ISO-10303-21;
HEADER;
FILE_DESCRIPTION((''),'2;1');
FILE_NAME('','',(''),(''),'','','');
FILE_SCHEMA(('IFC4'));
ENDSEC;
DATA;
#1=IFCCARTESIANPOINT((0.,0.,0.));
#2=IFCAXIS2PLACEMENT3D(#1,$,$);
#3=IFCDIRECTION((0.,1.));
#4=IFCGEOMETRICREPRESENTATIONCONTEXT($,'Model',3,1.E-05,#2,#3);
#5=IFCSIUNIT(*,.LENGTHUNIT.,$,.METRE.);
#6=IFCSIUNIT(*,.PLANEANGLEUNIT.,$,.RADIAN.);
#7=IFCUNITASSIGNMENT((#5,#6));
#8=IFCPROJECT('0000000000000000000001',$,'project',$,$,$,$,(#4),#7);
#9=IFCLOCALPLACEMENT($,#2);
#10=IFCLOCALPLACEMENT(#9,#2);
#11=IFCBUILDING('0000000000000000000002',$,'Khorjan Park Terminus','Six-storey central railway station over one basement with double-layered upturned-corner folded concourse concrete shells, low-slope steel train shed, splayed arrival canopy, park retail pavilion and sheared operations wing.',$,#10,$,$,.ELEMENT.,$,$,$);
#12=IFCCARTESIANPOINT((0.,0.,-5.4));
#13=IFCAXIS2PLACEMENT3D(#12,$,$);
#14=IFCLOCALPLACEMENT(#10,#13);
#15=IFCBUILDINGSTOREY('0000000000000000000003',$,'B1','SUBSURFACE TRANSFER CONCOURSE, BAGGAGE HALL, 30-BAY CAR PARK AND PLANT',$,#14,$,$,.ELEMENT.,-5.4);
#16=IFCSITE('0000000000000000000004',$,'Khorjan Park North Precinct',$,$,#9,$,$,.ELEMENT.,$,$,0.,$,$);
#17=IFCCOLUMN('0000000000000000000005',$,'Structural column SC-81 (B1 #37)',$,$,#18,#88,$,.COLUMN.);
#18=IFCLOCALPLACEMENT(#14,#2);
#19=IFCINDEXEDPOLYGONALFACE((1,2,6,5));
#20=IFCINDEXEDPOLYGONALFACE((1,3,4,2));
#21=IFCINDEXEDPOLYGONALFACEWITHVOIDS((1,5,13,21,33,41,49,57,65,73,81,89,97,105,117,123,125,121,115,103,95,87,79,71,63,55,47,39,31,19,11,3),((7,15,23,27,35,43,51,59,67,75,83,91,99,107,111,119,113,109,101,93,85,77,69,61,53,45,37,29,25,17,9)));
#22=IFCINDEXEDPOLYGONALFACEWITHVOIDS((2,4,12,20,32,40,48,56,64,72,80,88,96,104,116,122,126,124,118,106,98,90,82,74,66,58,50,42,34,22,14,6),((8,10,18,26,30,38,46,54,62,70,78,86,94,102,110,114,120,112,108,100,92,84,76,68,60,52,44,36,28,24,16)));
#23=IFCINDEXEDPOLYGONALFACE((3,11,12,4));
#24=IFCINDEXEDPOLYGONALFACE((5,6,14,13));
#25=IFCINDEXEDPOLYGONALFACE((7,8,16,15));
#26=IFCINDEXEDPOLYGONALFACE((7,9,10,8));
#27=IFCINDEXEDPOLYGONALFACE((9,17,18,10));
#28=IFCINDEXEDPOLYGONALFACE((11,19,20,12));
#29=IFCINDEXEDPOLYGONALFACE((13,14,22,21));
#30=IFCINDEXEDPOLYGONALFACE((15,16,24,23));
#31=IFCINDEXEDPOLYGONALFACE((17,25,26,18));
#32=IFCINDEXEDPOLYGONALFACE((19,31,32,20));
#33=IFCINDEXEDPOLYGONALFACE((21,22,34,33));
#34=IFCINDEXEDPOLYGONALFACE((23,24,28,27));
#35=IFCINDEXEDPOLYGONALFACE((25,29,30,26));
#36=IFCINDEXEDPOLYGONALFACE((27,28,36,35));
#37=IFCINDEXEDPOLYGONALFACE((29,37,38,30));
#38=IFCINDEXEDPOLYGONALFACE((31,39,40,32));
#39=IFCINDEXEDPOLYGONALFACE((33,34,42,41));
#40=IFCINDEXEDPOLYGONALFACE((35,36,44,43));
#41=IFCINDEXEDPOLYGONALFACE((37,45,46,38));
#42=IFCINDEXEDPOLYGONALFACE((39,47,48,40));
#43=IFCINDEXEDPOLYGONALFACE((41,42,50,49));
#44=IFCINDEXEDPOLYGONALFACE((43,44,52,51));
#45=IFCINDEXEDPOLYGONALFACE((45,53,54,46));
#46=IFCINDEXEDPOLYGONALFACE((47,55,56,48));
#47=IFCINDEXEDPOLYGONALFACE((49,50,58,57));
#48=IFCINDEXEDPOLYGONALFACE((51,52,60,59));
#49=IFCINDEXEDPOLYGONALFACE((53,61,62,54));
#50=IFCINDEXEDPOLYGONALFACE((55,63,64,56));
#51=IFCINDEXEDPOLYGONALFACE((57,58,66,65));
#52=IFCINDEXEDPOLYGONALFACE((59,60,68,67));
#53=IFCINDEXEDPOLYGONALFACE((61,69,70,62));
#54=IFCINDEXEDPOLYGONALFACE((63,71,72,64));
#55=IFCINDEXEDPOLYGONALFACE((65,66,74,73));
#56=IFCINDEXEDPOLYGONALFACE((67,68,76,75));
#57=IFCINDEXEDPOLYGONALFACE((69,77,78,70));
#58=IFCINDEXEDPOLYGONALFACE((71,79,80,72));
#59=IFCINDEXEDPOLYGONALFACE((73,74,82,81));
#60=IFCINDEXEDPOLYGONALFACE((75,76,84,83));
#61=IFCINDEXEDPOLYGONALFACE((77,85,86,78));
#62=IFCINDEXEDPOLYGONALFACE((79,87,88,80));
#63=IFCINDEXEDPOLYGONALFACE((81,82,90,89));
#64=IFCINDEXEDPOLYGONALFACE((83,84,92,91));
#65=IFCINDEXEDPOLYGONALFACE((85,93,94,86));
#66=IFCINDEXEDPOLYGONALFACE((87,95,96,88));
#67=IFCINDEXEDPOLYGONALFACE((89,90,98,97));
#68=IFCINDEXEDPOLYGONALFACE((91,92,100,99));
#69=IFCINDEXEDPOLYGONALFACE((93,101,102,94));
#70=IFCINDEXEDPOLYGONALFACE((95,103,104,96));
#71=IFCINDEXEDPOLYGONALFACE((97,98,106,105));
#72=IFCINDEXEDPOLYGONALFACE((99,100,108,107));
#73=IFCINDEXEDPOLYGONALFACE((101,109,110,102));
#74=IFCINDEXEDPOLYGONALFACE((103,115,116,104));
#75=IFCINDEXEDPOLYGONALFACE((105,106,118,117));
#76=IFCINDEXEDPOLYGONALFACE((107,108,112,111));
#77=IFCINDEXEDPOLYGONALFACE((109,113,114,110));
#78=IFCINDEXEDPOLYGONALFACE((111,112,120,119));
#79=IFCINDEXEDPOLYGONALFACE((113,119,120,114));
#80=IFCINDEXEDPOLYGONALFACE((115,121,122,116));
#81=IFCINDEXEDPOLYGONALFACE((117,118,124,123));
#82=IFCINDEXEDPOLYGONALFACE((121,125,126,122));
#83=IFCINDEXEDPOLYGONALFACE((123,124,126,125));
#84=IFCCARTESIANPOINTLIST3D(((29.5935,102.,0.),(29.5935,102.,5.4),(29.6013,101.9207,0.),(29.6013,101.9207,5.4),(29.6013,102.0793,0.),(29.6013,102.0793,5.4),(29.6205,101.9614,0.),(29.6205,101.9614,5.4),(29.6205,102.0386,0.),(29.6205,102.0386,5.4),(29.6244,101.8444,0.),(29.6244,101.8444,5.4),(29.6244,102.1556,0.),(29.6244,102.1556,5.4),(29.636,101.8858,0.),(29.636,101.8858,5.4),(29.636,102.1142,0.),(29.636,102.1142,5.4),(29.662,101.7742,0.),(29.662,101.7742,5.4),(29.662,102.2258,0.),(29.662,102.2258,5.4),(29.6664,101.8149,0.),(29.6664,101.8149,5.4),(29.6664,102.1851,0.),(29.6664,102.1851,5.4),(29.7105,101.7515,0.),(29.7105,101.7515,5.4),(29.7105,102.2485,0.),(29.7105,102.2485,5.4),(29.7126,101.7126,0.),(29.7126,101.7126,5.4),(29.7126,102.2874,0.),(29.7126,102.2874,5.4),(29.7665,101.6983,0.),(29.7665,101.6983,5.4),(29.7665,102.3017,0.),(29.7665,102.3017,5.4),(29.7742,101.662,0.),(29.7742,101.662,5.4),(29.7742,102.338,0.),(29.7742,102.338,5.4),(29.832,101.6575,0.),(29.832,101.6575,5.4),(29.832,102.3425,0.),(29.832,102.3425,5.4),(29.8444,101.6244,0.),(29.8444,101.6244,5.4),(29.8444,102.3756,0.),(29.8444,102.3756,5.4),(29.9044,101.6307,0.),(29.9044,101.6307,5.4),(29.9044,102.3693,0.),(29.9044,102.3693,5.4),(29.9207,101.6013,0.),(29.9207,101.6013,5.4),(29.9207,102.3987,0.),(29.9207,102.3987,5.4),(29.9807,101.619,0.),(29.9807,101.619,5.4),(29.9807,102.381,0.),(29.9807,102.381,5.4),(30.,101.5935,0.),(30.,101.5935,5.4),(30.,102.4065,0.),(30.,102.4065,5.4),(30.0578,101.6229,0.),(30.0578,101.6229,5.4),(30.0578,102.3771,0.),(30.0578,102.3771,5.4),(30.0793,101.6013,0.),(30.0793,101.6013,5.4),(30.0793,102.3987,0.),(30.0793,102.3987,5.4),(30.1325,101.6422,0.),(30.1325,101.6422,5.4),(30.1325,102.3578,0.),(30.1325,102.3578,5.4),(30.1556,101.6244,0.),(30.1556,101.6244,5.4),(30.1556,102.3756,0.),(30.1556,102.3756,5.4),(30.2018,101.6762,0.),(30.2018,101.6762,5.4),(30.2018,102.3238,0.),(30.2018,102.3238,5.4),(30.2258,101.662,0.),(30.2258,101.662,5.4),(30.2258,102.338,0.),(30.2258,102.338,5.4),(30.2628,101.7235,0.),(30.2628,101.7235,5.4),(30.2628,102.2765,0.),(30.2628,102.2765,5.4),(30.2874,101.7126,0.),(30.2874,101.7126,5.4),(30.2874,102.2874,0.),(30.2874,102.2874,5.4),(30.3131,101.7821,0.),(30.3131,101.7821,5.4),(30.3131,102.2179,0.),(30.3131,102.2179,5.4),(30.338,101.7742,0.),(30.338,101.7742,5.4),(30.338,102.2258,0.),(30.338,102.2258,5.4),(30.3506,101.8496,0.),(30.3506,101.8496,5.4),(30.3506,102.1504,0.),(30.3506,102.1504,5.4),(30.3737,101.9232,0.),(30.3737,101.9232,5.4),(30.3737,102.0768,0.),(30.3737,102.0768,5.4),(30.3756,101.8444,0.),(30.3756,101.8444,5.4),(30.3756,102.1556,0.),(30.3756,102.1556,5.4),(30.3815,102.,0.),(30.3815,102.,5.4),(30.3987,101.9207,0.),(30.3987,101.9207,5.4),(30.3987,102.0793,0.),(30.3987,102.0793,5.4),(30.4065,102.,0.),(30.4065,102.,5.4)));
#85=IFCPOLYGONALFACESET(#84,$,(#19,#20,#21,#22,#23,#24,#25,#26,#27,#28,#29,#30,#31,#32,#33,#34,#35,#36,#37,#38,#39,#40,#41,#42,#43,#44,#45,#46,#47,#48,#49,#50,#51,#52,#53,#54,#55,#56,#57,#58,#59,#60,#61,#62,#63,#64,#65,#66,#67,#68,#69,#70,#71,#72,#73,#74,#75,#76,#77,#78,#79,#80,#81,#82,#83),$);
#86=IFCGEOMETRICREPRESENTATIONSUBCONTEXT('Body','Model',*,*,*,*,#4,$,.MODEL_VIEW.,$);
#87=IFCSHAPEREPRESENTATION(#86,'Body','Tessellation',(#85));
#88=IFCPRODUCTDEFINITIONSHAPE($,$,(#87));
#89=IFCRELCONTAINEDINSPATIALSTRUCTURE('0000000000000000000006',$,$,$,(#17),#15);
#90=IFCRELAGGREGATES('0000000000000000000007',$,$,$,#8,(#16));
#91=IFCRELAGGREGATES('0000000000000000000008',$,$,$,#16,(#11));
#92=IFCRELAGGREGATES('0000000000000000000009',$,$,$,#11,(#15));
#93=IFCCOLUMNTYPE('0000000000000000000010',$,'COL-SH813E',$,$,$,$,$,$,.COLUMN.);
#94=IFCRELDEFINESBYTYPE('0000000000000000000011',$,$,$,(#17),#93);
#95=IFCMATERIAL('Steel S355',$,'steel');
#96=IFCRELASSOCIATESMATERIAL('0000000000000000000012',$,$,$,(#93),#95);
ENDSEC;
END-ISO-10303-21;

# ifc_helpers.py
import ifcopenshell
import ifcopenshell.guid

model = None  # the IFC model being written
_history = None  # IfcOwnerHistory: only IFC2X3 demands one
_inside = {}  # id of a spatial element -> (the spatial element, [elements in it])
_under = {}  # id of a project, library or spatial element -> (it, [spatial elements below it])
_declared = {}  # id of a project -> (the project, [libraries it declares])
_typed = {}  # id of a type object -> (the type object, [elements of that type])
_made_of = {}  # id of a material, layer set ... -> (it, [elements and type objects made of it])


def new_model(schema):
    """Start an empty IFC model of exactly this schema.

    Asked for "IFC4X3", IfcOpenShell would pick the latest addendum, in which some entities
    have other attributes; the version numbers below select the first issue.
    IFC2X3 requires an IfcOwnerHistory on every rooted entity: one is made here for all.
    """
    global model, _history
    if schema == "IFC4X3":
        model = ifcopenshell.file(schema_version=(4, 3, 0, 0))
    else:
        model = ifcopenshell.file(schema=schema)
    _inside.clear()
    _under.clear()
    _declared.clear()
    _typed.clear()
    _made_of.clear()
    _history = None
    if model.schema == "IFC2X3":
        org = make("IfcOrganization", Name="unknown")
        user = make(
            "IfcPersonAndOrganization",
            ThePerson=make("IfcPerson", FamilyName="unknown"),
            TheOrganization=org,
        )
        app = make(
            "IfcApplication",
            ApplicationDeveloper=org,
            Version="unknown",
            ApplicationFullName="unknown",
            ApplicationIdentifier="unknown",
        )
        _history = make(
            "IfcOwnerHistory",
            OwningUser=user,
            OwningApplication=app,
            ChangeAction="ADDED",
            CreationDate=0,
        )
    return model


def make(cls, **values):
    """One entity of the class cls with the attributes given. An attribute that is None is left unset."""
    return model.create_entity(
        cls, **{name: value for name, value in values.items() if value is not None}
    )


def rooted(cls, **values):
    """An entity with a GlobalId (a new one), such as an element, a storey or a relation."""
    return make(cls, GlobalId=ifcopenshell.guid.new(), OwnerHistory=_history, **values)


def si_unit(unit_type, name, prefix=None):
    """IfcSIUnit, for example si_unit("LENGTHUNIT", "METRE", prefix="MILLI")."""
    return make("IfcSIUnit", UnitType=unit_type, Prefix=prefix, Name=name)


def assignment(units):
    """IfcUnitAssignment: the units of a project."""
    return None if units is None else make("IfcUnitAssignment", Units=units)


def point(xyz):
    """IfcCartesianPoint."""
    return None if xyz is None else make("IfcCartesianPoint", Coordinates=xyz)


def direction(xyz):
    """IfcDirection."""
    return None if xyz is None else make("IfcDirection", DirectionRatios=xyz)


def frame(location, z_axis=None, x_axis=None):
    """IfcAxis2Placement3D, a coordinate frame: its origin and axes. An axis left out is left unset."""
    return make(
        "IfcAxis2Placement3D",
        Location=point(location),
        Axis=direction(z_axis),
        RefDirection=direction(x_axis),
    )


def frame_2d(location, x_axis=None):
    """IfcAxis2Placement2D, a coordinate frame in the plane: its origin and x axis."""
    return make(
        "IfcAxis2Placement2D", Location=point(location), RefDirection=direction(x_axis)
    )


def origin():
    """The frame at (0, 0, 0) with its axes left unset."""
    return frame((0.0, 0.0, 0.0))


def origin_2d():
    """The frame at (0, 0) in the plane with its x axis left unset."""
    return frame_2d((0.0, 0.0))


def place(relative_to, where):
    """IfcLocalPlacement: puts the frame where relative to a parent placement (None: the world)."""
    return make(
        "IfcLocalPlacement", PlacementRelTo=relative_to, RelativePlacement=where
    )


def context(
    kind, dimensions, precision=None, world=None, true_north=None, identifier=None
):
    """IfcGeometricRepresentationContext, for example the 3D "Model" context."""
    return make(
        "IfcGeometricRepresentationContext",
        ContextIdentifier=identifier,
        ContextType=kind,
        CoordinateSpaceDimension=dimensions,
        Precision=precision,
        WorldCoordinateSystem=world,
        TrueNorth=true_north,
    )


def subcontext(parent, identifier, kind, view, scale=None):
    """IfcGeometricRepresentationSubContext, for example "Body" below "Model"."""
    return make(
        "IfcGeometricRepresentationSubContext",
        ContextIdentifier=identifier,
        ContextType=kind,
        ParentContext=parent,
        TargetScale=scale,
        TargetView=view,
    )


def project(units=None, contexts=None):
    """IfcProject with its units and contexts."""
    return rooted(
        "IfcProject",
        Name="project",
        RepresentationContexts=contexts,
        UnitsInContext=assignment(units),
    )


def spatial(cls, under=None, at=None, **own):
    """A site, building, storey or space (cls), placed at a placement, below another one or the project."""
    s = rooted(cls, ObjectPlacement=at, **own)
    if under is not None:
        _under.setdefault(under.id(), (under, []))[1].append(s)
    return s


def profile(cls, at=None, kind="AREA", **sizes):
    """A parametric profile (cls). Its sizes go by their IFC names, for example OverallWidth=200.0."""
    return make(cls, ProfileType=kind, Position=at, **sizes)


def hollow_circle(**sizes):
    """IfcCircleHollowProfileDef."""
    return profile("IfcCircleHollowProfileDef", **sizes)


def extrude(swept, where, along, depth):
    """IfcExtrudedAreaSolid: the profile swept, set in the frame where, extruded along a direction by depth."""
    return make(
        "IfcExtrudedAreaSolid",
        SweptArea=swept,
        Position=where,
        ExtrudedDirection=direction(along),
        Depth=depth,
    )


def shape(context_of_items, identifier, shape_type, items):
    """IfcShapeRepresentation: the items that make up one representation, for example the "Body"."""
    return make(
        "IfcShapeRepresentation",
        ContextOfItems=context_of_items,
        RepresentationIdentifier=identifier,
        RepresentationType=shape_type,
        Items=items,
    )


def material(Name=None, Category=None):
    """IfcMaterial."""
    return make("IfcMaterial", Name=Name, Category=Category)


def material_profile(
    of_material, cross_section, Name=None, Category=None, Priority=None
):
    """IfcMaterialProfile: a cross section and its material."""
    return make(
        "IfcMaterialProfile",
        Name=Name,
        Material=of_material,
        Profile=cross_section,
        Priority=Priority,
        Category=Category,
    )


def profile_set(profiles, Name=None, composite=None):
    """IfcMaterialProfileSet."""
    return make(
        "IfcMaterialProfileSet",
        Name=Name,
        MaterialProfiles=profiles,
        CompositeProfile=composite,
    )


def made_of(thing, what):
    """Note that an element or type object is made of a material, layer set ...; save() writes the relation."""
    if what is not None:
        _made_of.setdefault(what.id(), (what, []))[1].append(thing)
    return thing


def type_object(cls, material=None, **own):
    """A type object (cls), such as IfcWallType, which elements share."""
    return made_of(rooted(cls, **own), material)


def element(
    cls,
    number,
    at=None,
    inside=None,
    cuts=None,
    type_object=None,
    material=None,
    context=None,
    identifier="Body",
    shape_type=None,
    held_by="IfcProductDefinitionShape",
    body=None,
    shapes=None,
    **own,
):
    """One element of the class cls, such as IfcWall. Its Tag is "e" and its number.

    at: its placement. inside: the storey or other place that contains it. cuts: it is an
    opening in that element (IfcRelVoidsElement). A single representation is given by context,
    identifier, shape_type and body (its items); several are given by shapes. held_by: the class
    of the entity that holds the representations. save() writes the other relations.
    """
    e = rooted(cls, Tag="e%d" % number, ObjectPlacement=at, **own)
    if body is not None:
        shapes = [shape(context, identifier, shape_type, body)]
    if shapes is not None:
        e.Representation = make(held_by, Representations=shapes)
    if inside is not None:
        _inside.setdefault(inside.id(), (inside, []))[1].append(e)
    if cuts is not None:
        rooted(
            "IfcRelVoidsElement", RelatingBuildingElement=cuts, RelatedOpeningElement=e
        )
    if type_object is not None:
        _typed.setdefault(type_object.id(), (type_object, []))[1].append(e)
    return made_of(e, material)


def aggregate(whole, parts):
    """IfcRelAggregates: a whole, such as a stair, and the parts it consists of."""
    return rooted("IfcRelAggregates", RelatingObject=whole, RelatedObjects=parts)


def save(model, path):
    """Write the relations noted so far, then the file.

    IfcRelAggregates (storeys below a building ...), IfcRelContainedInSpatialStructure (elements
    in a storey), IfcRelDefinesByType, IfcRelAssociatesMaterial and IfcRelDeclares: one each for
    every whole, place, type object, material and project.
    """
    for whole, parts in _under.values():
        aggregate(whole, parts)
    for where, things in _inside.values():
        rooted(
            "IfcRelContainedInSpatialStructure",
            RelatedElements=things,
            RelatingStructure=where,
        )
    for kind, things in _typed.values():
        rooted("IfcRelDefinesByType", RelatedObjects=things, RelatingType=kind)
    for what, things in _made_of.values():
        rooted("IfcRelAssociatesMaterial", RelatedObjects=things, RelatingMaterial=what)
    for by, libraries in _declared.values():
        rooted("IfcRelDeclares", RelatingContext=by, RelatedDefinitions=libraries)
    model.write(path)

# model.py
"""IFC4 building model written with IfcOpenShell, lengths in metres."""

from ifc_helpers import new_model, si_unit, direction, frame, origin, origin_2d, place, context, subcontext, project, spatial, hollow_circle, extrude, material, material_profile, profile_set, type_object, element, save


model = new_model("IFC4")

# Units and contexts
model_context = context("Model", 3, precision=1e-05, world=origin(), true_north=direction((0.0, 1.0)))
body_context = subcontext(model_context, "Body", "Model", "MODEL_VIEW")
ifc_project = project(units=[si_unit("LENGTHUNIT", "METRE"), si_unit("PLANEANGLEUNIT", "RADIAN")], contexts=[model_context])

# Site, building, storey
site_placement = place(None, origin())
site = spatial("IfcSite", under=ifc_project, at=site_placement, Name="Khorjan Park North Precinct", CompositionType="ELEMENT", RefElevation=0.0)
building_placement = place(site_placement, origin())
building = spatial("IfcBuilding", under=site, at=building_placement, Name="Khorjan Park Terminus", Description="Six-storey central railway station over one basement with double-layered upturned-corner folded concourse concrete shells, low-slope steel train shed, splayed arrival canopy, park retail pavilion and sheared operations wing.", CompositionType="ELEMENT")
storey_placement = place(building_placement, frame((0.0, 0.0, -5.4)))
storey = spatial("IfcBuildingStorey", under=building, at=storey_placement, Name="B1", Description="SUBSURFACE TRANSFER CONCOURSE, BAGGAGE HALL, 30-BAY CAR PARK AND PLANT", CompositionType="ELEMENT", Elevation=-5.4)

# Column
ifc_material_1 = material(Name="Steel S355", Category="steel")
ifc_material_profile_1 = material_profile(ifc_material_1, hollow_circle(Radius=0.4065, WallThickness=0.025, at=origin_2d()), Name="CHS 813x25")
ifc_profile_set_1 = profile_set([ifc_material_profile_1], Name="Steel S355")
column_type_1 = type_object("IfcColumnType", Name="COL-SH813E", PredefinedType="COLUMN", material=ifc_profile_set_1)
column_1_placement = place(storey_placement, frame((30.0, 102.0, 0.0), z_axis=(0.0, 0.0, 1.0), x_axis=(1.0, 0.0, 0.0)))
element("IfcColumn", 1, at=column_1_placement, inside=storey, type_object=column_type_1, Name="Structural column SC-81 (B1 #37)", PredefinedType="COLUMN", context=body_context, shape_type="SweptSolid", body=[
    extrude(hollow_circle(Radius=0.4065, WallThickness=0.025, at=origin_2d()), origin(), (0.0, 0.0, 1.0), 5.4),
])

save(model, "model.ifc")
